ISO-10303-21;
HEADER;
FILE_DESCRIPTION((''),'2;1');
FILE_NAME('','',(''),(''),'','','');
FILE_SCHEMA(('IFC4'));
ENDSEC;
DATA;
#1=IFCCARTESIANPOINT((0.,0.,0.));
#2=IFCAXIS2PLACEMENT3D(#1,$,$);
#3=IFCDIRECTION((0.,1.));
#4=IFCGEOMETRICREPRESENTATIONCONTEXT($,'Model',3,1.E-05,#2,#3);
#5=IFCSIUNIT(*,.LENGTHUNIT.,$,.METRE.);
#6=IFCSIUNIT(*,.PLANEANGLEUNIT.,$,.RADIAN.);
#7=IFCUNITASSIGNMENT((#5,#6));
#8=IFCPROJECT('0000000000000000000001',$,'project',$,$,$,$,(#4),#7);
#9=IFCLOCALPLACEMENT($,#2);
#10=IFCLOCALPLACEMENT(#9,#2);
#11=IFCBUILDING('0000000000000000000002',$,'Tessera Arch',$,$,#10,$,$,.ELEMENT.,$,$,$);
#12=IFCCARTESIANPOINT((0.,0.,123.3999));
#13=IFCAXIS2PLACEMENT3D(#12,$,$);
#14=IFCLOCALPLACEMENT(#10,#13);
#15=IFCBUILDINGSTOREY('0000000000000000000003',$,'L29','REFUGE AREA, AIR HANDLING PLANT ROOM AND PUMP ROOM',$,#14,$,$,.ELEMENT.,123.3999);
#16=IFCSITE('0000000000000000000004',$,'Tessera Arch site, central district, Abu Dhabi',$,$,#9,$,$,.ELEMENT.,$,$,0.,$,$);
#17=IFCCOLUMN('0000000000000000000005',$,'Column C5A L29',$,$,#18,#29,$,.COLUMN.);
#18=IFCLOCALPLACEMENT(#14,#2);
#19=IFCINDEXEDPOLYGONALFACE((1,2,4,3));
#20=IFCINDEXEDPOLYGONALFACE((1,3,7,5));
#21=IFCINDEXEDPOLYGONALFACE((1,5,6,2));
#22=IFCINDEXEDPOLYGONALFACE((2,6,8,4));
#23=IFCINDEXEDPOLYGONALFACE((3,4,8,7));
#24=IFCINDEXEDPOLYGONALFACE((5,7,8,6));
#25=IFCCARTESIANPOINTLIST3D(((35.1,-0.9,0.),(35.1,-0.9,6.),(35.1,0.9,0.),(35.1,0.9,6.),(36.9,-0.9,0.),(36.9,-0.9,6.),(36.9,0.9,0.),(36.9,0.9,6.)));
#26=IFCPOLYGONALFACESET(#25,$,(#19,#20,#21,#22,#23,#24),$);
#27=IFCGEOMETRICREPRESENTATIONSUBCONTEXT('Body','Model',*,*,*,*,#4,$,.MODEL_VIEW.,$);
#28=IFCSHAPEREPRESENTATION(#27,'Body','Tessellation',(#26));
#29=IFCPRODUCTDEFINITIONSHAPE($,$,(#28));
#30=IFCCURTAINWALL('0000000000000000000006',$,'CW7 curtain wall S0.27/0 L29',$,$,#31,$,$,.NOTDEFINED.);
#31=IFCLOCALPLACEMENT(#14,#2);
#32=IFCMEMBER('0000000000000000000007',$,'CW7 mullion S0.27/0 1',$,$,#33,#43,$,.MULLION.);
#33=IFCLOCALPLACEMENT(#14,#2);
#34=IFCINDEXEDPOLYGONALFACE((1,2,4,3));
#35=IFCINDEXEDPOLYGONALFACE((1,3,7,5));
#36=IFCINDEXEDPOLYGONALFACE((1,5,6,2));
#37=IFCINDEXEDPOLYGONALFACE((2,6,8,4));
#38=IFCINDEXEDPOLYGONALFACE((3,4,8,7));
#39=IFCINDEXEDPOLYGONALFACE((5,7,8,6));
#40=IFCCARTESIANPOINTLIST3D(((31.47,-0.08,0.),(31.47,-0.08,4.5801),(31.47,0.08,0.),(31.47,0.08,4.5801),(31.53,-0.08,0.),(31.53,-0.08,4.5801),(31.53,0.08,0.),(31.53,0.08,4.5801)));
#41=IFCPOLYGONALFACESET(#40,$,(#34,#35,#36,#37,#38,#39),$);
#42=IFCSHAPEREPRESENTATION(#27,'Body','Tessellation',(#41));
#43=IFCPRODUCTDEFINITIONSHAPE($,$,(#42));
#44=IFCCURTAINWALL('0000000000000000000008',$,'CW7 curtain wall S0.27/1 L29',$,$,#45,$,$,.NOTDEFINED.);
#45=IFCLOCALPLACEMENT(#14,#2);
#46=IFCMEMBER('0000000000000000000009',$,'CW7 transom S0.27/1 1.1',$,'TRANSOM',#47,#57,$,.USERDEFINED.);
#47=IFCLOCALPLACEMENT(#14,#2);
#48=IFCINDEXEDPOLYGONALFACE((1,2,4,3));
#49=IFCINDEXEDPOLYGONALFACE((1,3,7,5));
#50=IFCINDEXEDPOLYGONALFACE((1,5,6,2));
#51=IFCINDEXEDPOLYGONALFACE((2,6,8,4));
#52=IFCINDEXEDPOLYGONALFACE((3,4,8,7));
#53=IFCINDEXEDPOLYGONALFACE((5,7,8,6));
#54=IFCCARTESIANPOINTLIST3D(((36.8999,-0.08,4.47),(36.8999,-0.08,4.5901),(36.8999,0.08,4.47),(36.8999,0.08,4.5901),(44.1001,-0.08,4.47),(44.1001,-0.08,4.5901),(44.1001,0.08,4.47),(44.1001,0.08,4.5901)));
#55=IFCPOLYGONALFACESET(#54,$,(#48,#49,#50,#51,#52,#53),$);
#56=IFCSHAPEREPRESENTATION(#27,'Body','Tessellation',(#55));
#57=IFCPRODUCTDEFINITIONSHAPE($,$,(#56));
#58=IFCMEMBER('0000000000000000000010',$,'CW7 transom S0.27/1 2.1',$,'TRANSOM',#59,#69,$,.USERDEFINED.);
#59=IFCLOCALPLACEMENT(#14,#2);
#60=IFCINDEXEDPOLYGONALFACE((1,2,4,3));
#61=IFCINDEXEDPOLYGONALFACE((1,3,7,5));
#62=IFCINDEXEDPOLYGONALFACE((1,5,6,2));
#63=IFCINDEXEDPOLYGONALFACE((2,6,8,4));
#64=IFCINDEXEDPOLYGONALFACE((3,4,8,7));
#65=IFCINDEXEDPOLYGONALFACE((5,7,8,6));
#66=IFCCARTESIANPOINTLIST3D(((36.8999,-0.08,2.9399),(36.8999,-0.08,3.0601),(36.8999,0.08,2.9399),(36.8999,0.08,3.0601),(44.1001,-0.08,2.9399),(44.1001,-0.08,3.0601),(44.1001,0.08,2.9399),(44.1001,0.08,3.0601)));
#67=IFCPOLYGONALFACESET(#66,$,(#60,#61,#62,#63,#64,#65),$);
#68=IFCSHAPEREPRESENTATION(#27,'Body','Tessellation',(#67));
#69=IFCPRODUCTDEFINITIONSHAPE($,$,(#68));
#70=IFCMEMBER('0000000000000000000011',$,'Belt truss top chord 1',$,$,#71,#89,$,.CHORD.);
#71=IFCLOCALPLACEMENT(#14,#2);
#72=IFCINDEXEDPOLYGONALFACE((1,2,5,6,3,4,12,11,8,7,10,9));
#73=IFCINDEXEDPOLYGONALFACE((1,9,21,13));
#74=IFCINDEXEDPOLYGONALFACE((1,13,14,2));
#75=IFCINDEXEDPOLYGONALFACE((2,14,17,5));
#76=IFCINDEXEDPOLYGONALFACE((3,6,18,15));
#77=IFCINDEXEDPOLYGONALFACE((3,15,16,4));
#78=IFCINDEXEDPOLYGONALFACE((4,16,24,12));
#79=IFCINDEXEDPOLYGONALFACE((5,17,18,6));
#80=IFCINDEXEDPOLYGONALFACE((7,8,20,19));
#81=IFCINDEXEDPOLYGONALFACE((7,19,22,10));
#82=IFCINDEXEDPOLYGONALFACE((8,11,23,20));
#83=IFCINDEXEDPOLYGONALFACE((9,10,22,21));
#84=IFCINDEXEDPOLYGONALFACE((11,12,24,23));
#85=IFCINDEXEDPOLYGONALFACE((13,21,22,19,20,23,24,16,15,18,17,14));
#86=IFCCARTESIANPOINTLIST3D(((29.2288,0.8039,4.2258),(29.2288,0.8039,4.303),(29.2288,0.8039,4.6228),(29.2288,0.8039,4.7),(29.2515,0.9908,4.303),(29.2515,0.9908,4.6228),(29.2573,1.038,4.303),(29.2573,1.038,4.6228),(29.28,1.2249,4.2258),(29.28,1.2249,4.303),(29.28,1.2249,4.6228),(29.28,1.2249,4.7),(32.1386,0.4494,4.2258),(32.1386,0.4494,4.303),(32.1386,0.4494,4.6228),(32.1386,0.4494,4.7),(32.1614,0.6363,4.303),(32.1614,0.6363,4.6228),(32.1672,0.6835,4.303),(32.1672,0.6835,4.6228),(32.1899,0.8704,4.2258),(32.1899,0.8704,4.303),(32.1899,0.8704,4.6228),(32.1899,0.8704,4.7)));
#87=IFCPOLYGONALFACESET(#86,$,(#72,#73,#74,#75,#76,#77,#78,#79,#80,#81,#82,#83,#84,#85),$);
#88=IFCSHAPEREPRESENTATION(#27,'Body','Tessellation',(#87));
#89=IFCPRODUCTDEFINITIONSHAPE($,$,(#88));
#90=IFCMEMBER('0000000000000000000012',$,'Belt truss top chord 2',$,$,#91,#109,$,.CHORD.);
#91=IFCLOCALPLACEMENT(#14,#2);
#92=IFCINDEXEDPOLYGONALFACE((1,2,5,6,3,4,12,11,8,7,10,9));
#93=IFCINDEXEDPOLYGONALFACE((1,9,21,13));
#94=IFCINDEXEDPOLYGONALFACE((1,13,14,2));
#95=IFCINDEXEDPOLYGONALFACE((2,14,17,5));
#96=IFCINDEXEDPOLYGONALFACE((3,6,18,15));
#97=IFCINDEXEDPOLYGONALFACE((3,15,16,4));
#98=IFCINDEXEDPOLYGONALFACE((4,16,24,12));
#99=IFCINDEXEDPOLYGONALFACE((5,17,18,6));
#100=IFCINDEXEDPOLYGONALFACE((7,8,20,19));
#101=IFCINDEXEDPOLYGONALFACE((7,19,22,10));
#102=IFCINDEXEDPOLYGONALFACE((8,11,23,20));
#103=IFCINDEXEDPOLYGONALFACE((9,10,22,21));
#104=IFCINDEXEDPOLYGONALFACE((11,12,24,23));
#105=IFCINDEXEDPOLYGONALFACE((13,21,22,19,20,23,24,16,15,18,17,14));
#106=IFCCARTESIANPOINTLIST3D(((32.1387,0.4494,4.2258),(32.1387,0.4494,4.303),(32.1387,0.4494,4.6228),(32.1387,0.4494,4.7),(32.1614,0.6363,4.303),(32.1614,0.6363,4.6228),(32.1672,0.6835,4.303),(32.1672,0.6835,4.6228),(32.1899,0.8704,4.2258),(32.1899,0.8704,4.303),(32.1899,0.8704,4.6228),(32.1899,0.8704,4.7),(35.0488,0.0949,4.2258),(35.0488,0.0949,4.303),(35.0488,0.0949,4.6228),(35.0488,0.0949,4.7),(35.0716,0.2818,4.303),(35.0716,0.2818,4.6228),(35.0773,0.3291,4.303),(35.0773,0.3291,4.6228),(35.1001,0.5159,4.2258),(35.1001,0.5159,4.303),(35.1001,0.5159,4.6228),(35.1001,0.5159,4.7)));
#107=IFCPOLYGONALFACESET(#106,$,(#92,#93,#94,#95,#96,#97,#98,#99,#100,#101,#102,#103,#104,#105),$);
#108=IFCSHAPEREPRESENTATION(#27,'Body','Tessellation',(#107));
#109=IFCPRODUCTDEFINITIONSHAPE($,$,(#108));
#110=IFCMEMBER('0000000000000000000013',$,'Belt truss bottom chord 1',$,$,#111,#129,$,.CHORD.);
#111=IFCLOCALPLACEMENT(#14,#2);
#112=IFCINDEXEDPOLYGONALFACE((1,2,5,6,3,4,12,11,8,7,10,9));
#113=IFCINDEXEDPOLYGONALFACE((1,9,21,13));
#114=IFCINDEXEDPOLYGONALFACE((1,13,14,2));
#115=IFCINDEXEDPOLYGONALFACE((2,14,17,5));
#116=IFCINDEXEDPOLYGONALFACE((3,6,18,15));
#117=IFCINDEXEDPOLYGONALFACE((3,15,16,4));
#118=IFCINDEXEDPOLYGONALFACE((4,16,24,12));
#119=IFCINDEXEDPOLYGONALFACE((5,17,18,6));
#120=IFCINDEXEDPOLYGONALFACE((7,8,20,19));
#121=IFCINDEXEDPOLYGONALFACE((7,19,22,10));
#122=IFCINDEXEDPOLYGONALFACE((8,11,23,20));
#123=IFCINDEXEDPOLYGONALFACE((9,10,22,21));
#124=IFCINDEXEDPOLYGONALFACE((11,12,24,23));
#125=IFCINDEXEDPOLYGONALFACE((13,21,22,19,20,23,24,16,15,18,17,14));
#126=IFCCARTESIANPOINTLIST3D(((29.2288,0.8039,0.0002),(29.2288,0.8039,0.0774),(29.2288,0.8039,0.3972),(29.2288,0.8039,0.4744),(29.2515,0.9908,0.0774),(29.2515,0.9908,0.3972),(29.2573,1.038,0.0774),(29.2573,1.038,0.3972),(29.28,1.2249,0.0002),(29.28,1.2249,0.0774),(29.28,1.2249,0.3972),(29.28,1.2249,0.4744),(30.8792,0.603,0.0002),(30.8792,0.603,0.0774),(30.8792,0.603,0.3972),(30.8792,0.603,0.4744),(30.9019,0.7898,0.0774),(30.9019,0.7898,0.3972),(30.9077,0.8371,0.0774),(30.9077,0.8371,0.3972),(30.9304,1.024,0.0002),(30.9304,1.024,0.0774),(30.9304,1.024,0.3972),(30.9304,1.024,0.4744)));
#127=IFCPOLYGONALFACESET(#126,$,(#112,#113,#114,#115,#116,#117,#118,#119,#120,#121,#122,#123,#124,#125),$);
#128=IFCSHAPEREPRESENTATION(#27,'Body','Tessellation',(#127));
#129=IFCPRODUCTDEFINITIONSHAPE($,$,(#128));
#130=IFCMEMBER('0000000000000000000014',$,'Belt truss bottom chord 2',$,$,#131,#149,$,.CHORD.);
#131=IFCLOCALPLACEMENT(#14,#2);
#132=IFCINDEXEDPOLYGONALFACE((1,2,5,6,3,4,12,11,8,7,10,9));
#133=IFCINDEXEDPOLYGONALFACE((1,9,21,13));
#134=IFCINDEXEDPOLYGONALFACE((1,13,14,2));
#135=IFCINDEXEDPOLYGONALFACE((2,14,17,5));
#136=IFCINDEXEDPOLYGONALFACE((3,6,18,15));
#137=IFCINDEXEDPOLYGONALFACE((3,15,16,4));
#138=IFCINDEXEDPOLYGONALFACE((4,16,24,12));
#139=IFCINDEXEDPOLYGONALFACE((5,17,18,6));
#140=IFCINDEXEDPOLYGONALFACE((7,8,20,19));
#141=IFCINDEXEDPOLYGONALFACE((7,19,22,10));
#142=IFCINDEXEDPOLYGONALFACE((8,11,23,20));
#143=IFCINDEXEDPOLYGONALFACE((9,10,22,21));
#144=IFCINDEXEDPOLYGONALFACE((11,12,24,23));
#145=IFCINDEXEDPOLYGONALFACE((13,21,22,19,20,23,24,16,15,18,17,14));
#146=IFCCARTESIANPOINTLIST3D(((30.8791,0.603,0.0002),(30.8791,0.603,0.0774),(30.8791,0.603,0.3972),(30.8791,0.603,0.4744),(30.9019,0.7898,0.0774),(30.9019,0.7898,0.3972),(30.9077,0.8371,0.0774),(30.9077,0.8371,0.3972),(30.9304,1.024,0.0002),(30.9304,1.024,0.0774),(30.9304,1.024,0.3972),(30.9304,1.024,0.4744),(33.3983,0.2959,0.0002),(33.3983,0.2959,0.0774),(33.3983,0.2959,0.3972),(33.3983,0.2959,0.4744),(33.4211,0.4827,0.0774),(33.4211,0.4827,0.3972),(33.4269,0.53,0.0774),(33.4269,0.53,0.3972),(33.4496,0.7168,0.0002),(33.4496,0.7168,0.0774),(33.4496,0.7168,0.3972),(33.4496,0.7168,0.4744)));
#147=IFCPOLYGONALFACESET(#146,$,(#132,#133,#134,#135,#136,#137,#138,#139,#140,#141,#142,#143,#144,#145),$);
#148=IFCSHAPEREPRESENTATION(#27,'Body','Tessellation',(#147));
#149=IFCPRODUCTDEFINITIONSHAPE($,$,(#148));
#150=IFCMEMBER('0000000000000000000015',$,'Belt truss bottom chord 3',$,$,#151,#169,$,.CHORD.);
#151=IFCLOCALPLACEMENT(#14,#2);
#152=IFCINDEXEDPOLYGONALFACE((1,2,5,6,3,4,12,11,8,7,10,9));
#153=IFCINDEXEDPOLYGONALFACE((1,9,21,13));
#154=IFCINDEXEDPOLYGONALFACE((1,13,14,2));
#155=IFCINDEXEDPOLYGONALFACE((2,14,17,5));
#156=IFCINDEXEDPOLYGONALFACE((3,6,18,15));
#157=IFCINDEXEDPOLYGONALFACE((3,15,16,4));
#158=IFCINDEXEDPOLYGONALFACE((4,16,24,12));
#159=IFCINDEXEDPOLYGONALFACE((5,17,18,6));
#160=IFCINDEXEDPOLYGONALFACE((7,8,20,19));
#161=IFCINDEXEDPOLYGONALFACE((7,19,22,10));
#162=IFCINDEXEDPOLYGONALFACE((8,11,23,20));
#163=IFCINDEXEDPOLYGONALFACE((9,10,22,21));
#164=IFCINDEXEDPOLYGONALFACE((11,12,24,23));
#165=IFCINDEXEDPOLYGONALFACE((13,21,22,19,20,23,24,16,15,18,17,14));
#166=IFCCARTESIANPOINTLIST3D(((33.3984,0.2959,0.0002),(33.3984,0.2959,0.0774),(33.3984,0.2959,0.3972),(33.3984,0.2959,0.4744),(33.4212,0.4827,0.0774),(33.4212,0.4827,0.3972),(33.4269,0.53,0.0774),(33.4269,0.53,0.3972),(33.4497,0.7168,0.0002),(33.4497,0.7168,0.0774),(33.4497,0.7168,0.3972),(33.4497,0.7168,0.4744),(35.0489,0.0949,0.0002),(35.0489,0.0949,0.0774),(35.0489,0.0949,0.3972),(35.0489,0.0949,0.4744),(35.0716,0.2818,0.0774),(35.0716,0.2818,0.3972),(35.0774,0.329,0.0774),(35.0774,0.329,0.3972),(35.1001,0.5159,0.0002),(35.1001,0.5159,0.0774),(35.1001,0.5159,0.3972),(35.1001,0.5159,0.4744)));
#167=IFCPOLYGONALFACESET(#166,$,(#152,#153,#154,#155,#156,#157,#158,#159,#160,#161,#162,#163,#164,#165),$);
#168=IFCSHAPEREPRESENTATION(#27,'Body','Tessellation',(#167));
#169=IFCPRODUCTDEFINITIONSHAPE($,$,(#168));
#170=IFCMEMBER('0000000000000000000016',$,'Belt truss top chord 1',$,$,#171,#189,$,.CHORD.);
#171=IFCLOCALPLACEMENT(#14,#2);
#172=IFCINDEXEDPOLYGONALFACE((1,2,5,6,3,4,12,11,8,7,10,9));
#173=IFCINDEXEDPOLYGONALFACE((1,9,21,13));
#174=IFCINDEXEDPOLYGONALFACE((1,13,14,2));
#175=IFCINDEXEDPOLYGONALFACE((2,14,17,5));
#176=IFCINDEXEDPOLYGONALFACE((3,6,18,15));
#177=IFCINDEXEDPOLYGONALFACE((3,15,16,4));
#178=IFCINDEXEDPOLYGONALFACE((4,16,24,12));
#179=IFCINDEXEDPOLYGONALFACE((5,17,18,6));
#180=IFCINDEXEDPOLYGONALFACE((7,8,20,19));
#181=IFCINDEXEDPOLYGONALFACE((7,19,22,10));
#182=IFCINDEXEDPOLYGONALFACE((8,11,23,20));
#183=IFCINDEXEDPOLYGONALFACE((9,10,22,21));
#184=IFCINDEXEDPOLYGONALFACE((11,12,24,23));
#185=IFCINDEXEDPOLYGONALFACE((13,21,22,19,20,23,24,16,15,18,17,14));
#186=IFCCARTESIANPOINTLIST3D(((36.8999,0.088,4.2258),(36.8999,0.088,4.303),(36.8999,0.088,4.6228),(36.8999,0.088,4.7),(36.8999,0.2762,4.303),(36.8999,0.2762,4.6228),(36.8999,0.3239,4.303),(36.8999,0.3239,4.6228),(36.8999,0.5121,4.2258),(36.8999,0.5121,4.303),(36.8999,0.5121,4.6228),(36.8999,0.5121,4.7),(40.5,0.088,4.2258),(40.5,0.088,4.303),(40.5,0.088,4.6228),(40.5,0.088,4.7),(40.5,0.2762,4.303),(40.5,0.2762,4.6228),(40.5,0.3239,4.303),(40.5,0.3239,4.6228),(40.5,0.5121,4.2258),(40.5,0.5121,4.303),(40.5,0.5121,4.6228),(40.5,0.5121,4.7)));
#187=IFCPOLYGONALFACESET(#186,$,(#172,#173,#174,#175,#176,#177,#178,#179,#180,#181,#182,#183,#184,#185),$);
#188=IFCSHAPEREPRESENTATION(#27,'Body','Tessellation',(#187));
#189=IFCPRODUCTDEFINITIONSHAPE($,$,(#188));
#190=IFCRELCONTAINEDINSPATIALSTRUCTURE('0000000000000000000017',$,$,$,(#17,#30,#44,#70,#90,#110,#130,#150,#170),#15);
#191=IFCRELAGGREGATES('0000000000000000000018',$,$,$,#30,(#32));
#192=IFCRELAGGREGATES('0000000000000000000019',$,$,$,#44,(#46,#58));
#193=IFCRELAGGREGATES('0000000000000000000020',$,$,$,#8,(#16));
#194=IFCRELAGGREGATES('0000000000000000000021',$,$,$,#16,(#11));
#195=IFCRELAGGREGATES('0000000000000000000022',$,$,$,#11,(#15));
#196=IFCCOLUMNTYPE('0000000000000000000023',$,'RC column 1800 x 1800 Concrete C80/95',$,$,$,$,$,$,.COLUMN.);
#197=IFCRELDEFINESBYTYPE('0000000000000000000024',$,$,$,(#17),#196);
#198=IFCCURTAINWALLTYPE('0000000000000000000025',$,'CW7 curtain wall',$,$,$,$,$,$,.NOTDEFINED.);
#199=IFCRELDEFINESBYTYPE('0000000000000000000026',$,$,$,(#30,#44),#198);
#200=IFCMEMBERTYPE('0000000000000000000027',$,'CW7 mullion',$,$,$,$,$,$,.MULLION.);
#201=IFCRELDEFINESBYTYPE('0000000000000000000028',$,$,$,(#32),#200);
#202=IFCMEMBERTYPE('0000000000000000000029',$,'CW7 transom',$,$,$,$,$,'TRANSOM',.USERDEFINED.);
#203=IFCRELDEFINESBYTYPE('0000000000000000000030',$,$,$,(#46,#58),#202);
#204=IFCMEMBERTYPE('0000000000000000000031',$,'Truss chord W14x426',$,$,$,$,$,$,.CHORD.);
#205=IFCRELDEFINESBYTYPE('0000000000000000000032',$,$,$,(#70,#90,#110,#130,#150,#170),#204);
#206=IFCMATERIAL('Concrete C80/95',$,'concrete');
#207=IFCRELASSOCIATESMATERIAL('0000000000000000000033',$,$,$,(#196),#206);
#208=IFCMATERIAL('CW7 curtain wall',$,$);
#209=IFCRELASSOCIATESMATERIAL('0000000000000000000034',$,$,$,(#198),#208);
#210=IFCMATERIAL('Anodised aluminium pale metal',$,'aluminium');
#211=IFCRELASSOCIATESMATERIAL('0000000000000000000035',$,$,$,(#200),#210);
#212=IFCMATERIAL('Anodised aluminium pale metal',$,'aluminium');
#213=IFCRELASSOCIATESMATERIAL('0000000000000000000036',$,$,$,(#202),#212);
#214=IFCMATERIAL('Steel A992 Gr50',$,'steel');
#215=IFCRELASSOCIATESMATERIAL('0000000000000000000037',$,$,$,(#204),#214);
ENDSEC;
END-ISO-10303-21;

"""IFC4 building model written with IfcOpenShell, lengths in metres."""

from ifc_helpers import new_model, si_unit, direction, frame, origin, origin_2d, place, context, subcontext, project, spatial, rectangle, i_section, extrude, material, material_profile, profile_set, type_object, element, aggregate, save


model = new_model("IFC4")

# Units and contexts
model_context = context("Model", 3, precision=1e-05, world=origin(), true_north=direction((0.0, 1.0)))
body_context = subcontext(model_context, "Body", "Model", "MODEL_VIEW")
ifc_project = project(units=[si_unit("LENGTHUNIT", "METRE"), si_unit("PLANEANGLEUNIT", "RADIAN")], contexts=[model_context])

# Site, building, storey
site_placement = place(None, origin())
site = spatial("IfcSite", under=ifc_project, at=site_placement, Name="Tessera Arch site, central district, Abu Dhabi", CompositionType="ELEMENT", RefElevation=0.0)
building_placement = place(site_placement, origin())
building = spatial("IfcBuilding", under=site, at=building_placement, Name="Tessera Arch", CompositionType="ELEMENT")
storey_placement = place(building_placement, frame((0.0, 0.0, 123.3999)))
storey = spatial("IfcBuildingStorey", under=building, at=storey_placement, Name="L29", Description="REFUGE AREA, AIR HANDLING PLANT ROOM AND PUMP ROOM", CompositionType="ELEMENT", Elevation=123.3999)

# Column
ifc_material_1 = material(Name="Concrete C80/95", Category="concrete")
ifc_material_profile_1 = material_profile(ifc_material_1, rectangle(XDim=1.8, YDim=1.8, at=origin_2d()), Name="RC column 1800 x 1800 Concrete C80/95")
ifc_profile_set_1 = profile_set([ifc_material_profile_1], Name="Concrete C80/95")
column_type = type_object("IfcColumnType", Name="RC column 1800 x 1800 Concrete C80/95", PredefinedType="COLUMN", material=ifc_profile_set_1)
column_placement = place(storey_placement, frame((36.0, 0.0, 0.0), z_axis=(0.0, 0.0, 1.0), x_axis=(1.0, 0.0, 0.0)))
element("IfcColumn", 1, at=column_placement, inside=storey, type_object=column_type, Name="Column C5A L29", PredefinedType="COLUMN", context=body_context, shape_type="SweptSolid", body=[
    extrude(rectangle(XDim=1.8, YDim=1.8, at=origin_2d()), origin(), (0.0, 0.0, 1.0), 6.0),
])

# Curtain wall, member
ifc_material_2 = material(Name="CW7 curtain wall")
curtain_wall_type = type_object("IfcCurtainWallType", Name="CW7 curtain wall", PredefinedType="NOTDEFINED", material=ifc_material_2)
curtain_wall_1_placement = place(storey_placement, origin())
curtain_wall_1 = element("IfcCurtainWall", 2, at=curtain_wall_1_placement, inside=storey, type_object=curtain_wall_type, Name="CW7 curtain wall S0.27/0 L29", PredefinedType="NOTDEFINED")
ifc_material_3 = material(Name="Anodised aluminium pale metal", Category="aluminium")
ifc_material_profile_2 = material_profile(ifc_material_3, rectangle(XDim=0.1599, YDim=0.0601, at=origin_2d()), Name="AL 60x160")
ifc_profile_set_2 = profile_set([ifc_material_profile_2], Name="Anodised aluminium pale metal")
member_type_1 = type_object("IfcMemberType", Name="CW7 mullion", PredefinedType="MULLION", material=ifc_profile_set_2)
member_1_placement = place(storey_placement, frame((31.5, 0.0, 0.0), z_axis=(0.0, 0.0, 1.0), x_axis=(0.0, 1.0, 0.0)))
member_1 = element("IfcMember", 3, at=member_1_placement, type_object=member_type_1, Name="CW7 mullion S0.27/0 1", PredefinedType="MULLION", context=body_context, shape_type="SweptSolid", body=[
    extrude(rectangle(XDim=0.1599, YDim=0.0601, at=origin_2d()), origin(), (0.0, 0.0, 1.0), 4.5801),
])

# Curtain wall, members
curtain_wall_2_placement = place(storey_placement, origin())
curtain_wall_2 = element("IfcCurtainWall", 4, at=curtain_wall_2_placement, inside=storey, type_object=curtain_wall_type, Name="CW7 curtain wall S0.27/1 L29", PredefinedType="NOTDEFINED")
ifc_material_4 = material(Name="Anodised aluminium pale metal", Category="aluminium")
ifc_material_profile_3 = material_profile(ifc_material_4, rectangle(XDim=0.1599, YDim=0.1201, at=origin_2d()), Name="AL 160x120")
ifc_profile_set_3 = profile_set([ifc_material_profile_3], Name="Anodised aluminium pale metal")
member_type_2 = type_object("IfcMemberType", Name="CW7 transom", ElementType="TRANSOM", PredefinedType="USERDEFINED", material=ifc_profile_set_3)
member_2_placement = place(storey_placement, frame((36.8999, 0.0, 4.53), z_axis=(1.0, 0.0, 0.0), x_axis=(0.0, 1.0, 0.0)))
member_2 = element("IfcMember", 5, at=member_2_placement, type_object=member_type_2, Name="CW7 transom S0.27/1 1.1", ObjectType="TRANSOM", PredefinedType="USERDEFINED", context=body_context, shape_type="SweptSolid", body=[
    extrude(rectangle(XDim=0.1599, YDim=0.1201, at=origin_2d()), origin(), (0.0, 0.0, 1.0), 7.2002),
])
member_3_placement = place(storey_placement, frame((36.8999, 0.0, 3.0), z_axis=(1.0, 0.0, 0.0), x_axis=(0.0, 1.0, 0.0)))
member_3 = element("IfcMember", 6, at=member_3_placement, type_object=member_type_2, Name="CW7 transom S0.27/1 2.1", ObjectType="TRANSOM", PredefinedType="USERDEFINED", context=body_context, shape_type="SweptSolid", body=[
    extrude(rectangle(XDim=0.1599, YDim=0.1201, at=origin_2d()), origin(), (0.0, 0.0, 1.0), 7.2002),
])

# Members
ifc_material_5 = material(Name="Steel A992 Gr50", Category="steel")
ifc_material_profile_4 = material_profile(ifc_material_5, i_section(OverallWidth=0.4241, OverallDepth=0.4741, WebThickness=0.0476, FlangeThickness=0.0771, at=origin_2d()), Name="W14x426")
ifc_profile_set_4 = profile_set([ifc_material_profile_4], Name="Steel A992 Gr50")
member_type_3 = type_object("IfcMemberType", Name="Truss chord W14x426", PredefinedType="CHORD", material=ifc_profile_set_4)
member_4_placement = place(storey_placement, frame((29.2544, 1.0144, 4.4629), z_axis=(0.992661, -0.120928, 0.0), x_axis=(0.120928, 0.992661, 0.0)))
element("IfcMember", 7, at=member_4_placement, inside=storey, type_object=member_type_3, Name="Belt truss top chord 1", PredefinedType="CHORD", context=body_context, shape_type="SweptSolid", body=[
    extrude(i_section(OverallWidth=0.4241, OverallDepth=0.4741, WebThickness=0.0476, FlangeThickness=0.0771, at=origin_2d()), origin(), (0.0, 0.0, 1.0), 2.9314),
])
member_5_placement = place(storey_placement, frame((32.1643, 0.6599, 4.4629), z_axis=(0.992662, -0.120918, 0.0), x_axis=(0.120918, 0.992662, 0.0)))
element("IfcMember", 8, at=member_5_placement, inside=storey, type_object=member_type_3, Name="Belt truss top chord 2", PredefinedType="CHORD", context=body_context, shape_type="SweptSolid", body=[
    extrude(i_section(OverallWidth=0.4241, OverallDepth=0.4741, WebThickness=0.0476, FlangeThickness=0.0771, at=origin_2d()), origin(), (0.0, 0.0, 1.0), 2.9316),
])
member_6_placement = place(storey_placement, frame((29.2544, 1.0144, 0.2373), z_axis=(0.99267, -0.120853, 0.0), x_axis=(0.120853, 0.99267, 0.0)))
element("IfcMember", 9, at=member_6_placement, inside=storey, type_object=member_type_3, Name="Belt truss bottom chord 1", PredefinedType="CHORD", context=body_context, shape_type="SweptSolid", body=[
    extrude(i_section(OverallWidth=0.4241, OverallDepth=0.4741, WebThickness=0.0476, FlangeThickness=0.0771, at=origin_2d()), origin(), (0.0, 0.0, 1.0), 1.6626),
])
member_7_placement = place(storey_placement, frame((30.9048, 0.8135, 0.2373), z_axis=(0.992651, -0.121015, 0.0), x_axis=(0.121015, 0.992651, 0.0)))
element("IfcMember", 10, at=member_7_placement, inside=storey, type_object=member_type_3, Name="Belt truss bottom chord 2", PredefinedType="CHORD", context=body_context, shape_type="SweptSolid", body=[
    extrude(i_section(OverallWidth=0.4241, OverallDepth=0.4741, WebThickness=0.0476, FlangeThickness=0.0771, at=origin_2d()), origin(), (0.0, 0.0, 1.0), 2.5378),
])
member_8_placement = place(storey_placement, frame((33.4241, 0.5063, 0.2373), z_axis=(0.99267, -0.120853, 0.0), x_axis=(0.120853, 0.99267, 0.0)))
element("IfcMember", 11, at=member_8_placement, inside=storey, type_object=member_type_3, Name="Belt truss bottom chord 3", PredefinedType="CHORD", context=body_context, shape_type="SweptSolid", body=[
    extrude(i_section(OverallWidth=0.4241, OverallDepth=0.4741, WebThickness=0.0476, FlangeThickness=0.0771, at=origin_2d()), origin(), (0.0, 0.0, 1.0), 1.6626),
])
member_9_placement = place(storey_placement, frame((36.8999, 0.3, 4.4629), z_axis=(1.0, 0.0, 0.0), x_axis=(0.0, 1.0, 0.0)))
element("IfcMember", 12, at=member_9_placement, inside=storey, type_object=member_type_3, Name="Belt truss top chord 1", PredefinedType="CHORD", context=body_context, shape_type="SweptSolid", body=[
    extrude(i_section(OverallWidth=0.4241, OverallDepth=0.4741, WebThickness=0.0476, FlangeThickness=0.0771, at=origin_2d()), origin(), (0.0, 0.0, 1.0), 3.6001),
])

aggregate(curtain_wall_1, [member_1])
aggregate(curtain_wall_2, [member_2, member_3])

save(model, "model.ifc")
